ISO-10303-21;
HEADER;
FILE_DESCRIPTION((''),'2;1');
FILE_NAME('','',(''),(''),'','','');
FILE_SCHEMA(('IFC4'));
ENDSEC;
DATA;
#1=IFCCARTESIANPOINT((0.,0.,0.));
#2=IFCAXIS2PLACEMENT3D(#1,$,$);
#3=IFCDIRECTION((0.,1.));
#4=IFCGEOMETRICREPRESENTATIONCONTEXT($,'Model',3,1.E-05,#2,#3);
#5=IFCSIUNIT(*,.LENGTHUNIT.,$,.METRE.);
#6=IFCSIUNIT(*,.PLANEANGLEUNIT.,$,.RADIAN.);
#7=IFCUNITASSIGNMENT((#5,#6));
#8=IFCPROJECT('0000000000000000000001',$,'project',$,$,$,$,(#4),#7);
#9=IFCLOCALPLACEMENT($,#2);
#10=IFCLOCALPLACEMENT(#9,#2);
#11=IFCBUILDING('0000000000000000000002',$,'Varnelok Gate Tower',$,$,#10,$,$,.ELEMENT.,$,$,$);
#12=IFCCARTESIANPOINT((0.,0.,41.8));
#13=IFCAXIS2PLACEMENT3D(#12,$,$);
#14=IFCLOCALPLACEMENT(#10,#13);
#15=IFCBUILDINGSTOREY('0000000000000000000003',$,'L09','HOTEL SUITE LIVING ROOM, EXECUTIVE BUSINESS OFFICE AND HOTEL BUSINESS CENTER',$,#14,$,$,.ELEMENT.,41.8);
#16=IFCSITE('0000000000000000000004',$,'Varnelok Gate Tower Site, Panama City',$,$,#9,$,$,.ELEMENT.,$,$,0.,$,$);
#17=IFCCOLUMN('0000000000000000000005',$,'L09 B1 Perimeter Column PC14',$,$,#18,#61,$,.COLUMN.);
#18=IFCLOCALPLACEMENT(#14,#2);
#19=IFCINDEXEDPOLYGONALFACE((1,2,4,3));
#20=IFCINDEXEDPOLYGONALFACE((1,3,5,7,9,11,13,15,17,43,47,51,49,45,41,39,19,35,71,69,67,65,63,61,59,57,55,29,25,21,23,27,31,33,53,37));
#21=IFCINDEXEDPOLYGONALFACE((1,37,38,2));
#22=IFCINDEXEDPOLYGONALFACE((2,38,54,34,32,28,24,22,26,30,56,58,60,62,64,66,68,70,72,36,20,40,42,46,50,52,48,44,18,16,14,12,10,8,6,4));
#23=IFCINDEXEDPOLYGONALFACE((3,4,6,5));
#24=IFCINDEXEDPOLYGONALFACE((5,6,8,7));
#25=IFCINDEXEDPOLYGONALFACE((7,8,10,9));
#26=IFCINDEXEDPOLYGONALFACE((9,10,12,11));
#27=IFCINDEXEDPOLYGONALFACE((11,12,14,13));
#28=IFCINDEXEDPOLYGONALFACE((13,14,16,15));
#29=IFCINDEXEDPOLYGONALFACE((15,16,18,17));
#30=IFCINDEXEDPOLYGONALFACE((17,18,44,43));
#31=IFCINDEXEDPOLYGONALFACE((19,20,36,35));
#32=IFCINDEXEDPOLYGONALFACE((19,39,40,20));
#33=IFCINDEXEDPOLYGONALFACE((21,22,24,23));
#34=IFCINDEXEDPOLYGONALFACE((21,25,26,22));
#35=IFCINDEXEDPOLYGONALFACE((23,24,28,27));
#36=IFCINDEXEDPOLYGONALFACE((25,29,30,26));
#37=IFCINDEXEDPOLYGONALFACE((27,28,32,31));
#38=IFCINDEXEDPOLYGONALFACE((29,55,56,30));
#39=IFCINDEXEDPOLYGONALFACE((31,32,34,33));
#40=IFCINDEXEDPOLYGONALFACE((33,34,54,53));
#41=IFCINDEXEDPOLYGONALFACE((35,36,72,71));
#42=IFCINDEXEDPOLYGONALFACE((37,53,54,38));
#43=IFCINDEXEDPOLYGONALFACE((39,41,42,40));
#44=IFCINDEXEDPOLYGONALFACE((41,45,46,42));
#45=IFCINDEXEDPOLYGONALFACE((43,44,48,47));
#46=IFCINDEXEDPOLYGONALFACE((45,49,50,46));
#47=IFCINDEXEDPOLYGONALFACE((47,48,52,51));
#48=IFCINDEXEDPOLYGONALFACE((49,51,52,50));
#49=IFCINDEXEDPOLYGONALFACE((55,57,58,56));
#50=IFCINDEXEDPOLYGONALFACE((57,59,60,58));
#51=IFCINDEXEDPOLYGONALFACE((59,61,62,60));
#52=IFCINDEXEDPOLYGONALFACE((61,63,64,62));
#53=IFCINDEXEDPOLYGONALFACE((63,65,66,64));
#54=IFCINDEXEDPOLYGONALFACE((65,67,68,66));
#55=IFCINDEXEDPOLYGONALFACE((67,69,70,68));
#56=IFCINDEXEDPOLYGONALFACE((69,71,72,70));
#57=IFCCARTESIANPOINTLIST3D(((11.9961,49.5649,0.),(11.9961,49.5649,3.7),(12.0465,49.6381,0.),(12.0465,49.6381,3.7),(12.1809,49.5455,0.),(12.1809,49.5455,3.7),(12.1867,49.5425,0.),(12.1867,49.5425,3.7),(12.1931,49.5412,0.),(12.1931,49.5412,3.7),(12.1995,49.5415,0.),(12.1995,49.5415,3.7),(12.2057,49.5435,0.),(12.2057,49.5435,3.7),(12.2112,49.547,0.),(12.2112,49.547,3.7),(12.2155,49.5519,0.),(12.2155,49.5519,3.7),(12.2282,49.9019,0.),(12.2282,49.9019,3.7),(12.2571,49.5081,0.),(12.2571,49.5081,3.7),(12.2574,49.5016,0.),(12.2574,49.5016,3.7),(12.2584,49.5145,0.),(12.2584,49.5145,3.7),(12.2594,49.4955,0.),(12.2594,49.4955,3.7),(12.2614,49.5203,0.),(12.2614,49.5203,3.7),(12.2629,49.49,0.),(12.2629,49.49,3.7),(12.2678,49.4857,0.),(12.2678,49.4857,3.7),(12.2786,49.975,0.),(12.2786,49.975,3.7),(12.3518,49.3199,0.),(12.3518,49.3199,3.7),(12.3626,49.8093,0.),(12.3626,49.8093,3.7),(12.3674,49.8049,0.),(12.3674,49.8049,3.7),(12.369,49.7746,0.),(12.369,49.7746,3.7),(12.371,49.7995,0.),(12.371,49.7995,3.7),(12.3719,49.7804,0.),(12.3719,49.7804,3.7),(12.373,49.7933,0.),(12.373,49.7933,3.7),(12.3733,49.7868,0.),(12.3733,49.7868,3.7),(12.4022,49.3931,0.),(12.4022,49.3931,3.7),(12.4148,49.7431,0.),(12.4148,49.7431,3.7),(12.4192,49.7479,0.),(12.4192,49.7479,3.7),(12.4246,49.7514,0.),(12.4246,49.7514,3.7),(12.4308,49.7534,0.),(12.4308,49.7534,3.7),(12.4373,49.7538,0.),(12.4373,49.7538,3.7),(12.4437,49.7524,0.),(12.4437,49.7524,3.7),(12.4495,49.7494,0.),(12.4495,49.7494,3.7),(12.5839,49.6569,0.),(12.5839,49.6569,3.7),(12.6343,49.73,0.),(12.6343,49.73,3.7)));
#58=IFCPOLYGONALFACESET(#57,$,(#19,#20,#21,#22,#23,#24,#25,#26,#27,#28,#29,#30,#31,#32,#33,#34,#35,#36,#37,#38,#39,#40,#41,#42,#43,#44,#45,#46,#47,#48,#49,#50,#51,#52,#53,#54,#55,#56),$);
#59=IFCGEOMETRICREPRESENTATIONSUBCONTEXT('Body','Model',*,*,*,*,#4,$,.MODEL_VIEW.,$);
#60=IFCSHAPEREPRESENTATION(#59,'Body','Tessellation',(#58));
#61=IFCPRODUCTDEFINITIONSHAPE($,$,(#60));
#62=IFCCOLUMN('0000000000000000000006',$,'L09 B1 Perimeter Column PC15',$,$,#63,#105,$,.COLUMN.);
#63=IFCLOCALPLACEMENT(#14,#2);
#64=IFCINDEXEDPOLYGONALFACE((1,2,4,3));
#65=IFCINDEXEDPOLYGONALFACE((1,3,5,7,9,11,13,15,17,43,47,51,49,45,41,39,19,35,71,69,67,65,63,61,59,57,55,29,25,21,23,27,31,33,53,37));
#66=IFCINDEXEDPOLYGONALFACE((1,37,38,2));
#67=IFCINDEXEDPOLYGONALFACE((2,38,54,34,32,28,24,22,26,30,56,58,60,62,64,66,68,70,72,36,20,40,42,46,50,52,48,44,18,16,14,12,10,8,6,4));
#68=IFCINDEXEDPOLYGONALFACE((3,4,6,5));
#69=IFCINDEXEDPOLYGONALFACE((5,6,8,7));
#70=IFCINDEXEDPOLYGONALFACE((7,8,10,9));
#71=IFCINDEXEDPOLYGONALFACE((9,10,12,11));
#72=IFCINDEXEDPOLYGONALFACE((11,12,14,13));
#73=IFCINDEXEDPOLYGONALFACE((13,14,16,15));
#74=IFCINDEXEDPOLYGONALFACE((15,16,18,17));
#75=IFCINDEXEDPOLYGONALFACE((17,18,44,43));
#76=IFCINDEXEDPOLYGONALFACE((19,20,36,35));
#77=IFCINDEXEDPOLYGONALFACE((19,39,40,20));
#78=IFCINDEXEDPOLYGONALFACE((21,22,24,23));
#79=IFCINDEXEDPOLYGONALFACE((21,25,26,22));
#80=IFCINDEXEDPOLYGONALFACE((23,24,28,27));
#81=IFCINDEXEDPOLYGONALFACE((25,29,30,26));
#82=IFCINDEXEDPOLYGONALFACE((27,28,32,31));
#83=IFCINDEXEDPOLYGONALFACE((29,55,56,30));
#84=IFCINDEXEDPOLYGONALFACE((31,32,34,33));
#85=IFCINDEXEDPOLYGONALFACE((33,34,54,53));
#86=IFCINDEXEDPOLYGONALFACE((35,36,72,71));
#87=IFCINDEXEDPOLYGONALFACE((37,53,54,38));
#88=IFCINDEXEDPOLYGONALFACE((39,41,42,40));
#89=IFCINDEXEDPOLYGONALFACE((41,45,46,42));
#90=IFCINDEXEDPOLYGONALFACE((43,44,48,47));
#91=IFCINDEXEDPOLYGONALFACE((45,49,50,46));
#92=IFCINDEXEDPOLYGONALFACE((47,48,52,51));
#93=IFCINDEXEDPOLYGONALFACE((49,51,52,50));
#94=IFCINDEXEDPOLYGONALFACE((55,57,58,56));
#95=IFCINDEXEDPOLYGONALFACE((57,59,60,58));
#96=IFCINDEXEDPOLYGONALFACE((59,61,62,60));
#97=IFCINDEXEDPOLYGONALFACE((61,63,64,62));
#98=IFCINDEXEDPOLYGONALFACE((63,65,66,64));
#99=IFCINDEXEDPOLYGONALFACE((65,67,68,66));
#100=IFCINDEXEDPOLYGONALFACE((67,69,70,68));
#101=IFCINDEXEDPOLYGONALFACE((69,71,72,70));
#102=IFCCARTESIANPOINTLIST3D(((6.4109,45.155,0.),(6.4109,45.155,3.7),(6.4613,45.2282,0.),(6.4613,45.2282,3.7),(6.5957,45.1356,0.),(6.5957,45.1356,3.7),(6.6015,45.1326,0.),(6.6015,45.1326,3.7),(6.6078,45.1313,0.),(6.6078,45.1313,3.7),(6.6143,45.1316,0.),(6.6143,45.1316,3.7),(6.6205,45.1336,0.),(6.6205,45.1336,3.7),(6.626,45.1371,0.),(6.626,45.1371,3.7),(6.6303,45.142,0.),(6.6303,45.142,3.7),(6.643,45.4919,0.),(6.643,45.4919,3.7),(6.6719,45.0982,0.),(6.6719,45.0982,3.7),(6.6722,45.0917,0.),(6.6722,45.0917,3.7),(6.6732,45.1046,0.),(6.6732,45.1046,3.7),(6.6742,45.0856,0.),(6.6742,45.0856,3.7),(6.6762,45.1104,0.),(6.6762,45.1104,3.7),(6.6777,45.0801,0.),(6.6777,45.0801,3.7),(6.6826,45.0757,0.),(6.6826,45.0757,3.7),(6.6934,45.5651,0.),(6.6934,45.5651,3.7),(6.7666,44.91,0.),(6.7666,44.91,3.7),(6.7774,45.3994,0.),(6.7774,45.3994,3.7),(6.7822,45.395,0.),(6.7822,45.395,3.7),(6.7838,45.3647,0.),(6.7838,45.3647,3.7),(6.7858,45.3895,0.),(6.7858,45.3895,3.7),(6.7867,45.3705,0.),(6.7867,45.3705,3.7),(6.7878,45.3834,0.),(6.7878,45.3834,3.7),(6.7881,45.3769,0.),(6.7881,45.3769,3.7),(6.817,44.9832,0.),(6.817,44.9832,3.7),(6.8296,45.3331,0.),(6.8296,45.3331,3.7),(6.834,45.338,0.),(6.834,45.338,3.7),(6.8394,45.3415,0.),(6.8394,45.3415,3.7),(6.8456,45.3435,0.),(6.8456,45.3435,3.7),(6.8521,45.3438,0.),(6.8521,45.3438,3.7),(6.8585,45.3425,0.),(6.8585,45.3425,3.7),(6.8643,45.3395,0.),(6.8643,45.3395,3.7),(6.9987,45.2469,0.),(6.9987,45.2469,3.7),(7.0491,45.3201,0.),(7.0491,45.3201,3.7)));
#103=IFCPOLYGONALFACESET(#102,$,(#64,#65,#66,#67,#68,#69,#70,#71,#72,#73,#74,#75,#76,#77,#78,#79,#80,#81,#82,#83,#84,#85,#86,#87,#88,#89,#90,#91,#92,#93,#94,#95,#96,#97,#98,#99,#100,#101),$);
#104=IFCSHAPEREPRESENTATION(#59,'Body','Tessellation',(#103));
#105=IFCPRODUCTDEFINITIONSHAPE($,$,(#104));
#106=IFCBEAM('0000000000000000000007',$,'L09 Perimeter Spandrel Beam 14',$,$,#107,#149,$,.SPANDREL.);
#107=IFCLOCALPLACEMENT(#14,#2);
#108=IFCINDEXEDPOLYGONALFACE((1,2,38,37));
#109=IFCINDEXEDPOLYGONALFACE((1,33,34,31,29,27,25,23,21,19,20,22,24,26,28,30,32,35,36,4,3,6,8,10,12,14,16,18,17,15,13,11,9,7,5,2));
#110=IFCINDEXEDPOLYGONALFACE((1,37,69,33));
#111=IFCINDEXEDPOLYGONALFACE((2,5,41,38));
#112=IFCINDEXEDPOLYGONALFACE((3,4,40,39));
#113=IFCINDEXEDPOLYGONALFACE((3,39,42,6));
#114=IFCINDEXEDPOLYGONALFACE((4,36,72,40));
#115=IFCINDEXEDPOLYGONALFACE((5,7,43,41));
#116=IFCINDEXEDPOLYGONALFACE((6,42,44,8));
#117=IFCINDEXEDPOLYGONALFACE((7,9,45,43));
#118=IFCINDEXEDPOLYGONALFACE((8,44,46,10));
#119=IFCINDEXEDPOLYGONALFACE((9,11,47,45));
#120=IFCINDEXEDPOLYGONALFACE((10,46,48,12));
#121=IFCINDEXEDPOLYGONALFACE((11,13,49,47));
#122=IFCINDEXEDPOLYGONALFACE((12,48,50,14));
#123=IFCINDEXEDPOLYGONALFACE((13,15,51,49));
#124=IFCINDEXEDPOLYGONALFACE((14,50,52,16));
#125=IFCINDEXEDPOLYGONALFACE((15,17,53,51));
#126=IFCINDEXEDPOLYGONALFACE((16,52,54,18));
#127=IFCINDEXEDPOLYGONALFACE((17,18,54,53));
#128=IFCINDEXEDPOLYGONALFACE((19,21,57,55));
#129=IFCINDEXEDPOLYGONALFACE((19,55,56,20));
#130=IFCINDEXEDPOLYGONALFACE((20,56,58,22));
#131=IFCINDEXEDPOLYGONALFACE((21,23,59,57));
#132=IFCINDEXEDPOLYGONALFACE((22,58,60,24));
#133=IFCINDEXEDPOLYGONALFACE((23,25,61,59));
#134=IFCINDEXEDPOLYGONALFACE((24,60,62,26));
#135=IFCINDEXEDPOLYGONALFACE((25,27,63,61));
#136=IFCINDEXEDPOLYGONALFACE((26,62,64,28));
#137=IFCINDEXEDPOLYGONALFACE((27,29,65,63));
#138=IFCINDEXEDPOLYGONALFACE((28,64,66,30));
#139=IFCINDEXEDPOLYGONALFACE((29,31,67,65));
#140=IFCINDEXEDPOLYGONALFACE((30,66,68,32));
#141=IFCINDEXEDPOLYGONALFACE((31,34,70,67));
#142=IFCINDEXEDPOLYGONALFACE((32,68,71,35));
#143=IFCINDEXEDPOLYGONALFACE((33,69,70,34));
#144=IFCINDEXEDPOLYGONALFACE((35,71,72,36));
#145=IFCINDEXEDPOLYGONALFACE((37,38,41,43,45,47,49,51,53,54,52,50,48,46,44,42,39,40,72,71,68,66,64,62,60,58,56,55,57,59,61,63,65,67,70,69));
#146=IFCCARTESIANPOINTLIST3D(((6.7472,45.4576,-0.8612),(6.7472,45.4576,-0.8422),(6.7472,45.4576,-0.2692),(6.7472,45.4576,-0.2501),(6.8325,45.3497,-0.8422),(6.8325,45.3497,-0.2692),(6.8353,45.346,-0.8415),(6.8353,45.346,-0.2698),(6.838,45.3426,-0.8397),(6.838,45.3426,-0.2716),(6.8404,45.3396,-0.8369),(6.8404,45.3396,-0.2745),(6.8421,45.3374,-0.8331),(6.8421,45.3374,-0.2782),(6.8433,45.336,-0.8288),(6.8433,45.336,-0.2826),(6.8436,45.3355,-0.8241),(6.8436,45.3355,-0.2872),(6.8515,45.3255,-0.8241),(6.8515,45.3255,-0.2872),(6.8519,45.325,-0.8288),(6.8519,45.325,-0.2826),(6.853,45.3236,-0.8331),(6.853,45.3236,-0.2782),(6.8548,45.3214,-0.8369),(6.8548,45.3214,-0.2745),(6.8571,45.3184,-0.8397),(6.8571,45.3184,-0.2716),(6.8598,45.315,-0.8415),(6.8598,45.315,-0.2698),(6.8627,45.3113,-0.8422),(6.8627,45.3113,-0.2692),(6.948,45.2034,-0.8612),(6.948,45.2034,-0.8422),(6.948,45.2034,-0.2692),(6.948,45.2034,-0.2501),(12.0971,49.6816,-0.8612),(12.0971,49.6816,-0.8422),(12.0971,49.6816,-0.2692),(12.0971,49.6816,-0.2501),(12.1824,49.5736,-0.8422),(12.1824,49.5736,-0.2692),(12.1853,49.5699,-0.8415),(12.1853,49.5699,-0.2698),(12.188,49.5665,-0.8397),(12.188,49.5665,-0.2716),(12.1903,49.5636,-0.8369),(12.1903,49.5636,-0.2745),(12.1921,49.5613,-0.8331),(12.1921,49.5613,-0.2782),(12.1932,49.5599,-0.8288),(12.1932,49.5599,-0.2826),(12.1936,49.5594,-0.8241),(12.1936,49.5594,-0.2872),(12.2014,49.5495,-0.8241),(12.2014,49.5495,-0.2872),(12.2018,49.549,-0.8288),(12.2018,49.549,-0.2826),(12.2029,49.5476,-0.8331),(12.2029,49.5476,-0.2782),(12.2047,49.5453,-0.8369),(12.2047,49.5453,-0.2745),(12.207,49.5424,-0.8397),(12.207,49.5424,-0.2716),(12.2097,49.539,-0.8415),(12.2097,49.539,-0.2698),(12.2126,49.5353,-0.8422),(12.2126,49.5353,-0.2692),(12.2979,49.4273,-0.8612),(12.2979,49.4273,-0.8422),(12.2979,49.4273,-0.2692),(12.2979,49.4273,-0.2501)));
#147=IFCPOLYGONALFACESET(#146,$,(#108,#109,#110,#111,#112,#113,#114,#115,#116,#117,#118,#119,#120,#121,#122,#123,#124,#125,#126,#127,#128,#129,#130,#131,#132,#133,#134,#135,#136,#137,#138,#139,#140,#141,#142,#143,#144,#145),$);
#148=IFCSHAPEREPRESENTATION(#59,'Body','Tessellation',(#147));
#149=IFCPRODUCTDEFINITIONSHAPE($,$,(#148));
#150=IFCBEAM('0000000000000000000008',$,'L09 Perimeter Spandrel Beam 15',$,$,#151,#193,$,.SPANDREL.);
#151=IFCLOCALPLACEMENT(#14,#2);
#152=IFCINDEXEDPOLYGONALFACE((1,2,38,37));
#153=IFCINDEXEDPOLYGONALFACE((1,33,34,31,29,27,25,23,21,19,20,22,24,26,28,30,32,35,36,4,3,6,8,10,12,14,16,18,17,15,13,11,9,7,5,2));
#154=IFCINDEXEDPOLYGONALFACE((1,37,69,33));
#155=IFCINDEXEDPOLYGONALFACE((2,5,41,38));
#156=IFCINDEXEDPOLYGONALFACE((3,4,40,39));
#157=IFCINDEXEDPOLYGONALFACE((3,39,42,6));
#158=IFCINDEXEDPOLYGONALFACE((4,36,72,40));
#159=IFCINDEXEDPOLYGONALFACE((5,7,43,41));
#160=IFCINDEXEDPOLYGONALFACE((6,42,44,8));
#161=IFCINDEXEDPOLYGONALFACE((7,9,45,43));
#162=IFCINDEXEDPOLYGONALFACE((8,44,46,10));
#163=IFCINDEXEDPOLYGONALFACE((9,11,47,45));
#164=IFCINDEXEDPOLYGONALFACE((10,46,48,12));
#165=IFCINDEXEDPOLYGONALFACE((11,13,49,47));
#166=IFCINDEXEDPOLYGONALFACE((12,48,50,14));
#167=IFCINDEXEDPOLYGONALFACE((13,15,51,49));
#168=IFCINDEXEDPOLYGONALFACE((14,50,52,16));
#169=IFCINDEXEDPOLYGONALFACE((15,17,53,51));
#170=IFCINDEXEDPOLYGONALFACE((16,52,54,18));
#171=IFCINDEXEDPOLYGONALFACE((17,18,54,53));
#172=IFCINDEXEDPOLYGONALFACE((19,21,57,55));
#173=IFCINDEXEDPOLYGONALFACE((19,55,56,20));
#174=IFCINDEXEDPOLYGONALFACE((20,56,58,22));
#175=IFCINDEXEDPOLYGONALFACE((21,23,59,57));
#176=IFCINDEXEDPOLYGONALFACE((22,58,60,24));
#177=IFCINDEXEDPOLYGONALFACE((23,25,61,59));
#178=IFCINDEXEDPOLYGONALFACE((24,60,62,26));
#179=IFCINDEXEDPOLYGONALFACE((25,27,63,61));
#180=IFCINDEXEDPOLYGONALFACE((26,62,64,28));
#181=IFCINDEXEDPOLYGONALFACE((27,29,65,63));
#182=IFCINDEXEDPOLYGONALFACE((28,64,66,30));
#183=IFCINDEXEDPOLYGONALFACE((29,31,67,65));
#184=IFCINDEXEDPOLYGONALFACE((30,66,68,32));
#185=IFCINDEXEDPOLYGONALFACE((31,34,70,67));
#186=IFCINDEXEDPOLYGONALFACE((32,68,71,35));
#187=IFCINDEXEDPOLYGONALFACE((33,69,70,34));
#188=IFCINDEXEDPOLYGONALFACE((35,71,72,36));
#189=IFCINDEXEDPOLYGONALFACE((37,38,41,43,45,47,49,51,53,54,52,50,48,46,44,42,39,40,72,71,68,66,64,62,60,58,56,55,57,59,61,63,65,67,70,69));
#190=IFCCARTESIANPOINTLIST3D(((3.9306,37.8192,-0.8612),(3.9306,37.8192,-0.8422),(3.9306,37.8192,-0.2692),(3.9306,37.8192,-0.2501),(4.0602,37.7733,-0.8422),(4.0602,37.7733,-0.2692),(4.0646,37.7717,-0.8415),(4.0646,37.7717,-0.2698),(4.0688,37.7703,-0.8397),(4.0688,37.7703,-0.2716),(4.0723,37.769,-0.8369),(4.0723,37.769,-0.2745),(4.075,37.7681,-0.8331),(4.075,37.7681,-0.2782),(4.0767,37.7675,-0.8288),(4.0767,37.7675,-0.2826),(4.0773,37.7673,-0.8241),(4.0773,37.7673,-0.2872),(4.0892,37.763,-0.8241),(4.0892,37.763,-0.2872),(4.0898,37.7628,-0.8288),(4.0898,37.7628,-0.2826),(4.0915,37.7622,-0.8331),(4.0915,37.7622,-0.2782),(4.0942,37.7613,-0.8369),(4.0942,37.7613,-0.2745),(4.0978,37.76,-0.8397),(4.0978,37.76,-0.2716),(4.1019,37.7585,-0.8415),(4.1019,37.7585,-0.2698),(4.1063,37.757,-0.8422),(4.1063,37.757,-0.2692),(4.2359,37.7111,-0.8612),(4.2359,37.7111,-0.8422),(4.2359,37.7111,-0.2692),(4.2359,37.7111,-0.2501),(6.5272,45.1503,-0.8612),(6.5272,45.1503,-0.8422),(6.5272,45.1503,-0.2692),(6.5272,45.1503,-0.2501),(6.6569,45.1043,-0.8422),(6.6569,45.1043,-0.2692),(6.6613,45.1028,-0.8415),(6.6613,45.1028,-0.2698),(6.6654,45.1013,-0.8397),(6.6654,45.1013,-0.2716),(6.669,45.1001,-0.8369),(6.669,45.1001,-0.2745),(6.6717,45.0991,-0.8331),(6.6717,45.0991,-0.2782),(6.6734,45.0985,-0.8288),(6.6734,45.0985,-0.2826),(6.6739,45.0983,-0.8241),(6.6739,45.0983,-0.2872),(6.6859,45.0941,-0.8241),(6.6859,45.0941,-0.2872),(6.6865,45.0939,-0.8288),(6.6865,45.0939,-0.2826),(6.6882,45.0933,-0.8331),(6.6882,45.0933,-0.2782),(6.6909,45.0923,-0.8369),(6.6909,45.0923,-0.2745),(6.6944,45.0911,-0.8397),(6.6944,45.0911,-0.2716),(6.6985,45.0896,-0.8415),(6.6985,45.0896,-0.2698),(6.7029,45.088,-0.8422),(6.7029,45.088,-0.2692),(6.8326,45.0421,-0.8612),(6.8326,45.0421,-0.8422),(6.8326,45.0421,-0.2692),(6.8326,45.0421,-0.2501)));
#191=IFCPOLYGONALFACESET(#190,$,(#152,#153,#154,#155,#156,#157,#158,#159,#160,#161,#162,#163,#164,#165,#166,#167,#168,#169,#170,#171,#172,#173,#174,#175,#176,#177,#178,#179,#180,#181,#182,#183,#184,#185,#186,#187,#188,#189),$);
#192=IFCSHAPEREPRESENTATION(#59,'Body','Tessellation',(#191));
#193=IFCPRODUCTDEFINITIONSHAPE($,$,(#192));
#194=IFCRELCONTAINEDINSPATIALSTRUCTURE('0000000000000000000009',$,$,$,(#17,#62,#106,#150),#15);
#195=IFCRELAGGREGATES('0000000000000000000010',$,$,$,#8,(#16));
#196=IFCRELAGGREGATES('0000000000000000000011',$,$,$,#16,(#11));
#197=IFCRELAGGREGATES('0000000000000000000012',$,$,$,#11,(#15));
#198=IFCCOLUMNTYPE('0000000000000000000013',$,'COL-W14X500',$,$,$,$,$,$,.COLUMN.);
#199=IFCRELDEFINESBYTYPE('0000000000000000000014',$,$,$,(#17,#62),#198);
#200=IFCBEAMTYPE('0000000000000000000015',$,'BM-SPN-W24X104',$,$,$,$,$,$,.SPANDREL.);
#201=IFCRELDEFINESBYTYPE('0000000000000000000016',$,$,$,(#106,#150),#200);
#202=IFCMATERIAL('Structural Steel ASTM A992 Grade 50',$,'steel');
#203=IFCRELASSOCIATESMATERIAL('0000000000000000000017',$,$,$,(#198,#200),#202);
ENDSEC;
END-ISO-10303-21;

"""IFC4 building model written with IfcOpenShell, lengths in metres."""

from ifc_helpers import new_model, si_unit, direction, frame, origin, origin_2d, place, context, subcontext, project, spatial, i_section, extrude, material, material_profile, profile_set, type_object, element, save


model = new_model("IFC4")

# Units and contexts
model_context = context("Model", 3, precision=1e-05, world=origin(), true_north=direction((0.0, 1.0)))
body_context = subcontext(model_context, "Body", "Model", "MODEL_VIEW")
ifc_project = project(units=[si_unit("LENGTHUNIT", "METRE"), si_unit("PLANEANGLEUNIT", "RADIAN")], contexts=[model_context])

# Site, building, storey
site_placement = place(None, origin())
site = spatial("IfcSite", under=ifc_project, at=site_placement, Name="Varnelok Gate Tower Site, Panama City", CompositionType="ELEMENT", RefElevation=0.0)
building_placement = place(site_placement, origin())
building = spatial("IfcBuilding", under=site, at=building_placement, Name="Varnelok Gate Tower", CompositionType="ELEMENT")
storey_placement = place(building_placement, frame((0.0, 0.0, 41.8)))
storey = spatial("IfcBuildingStorey", under=building, at=storey_placement, Name="L09", Description="HOTEL SUITE LIVING ROOM, EXECUTIVE BUSINESS OFFICE AND HOTEL BUSINESS CENTER", CompositionType="ELEMENT", Elevation=41.8)

# Columns
ifc_material_1 = material(Name="Structural Steel ASTM A992 Grade 50", Category="steel")
ifc_material_profile_1 = material_profile(ifc_material_1, i_section(OverallWidth=0.4319, OverallDepth=0.498, WebThickness=0.0557, FlangeThickness=0.0889, FilletRadius=0.0249, at=origin_2d()), Name="W14X500")
ifc_profile_set_1 = profile_set([ifc_material_profile_1], Name="Structural Steel ASTM A992 Grade 50")
column_type = type_object("IfcColumnType", Name="COL-W14X500", PredefinedType="COLUMN", material=ifc_profile_set_1)
for number, where, z_axis, x_axis, name in (
    (1, (12.3152, 49.6475, 0.0), (0.0, 0.0, 1.0), (0.823533, -0.567269, 0.0), "L09 B1 Perimeter Column PC14"),
    (2, (6.73, 45.2375, 0.0), (0.0, 0.0, 1.0), (0.823533, -0.567269, 0.0), "L09 B1 Perimeter Column PC15"),
):
    element("IfcColumn", number, at=place(storey_placement, frame(where, z_axis=z_axis, x_axis=x_axis)), inside=storey, type_object=column_type, Name=name, PredefinedType="COLUMN", context=body_context, shape_type="SweptSolid", body=[
        extrude(i_section(OverallWidth=0.4319, OverallDepth=0.498, WebThickness=0.0557, FlangeThickness=0.0889, FilletRadius=0.0249, at=origin_2d()), origin(), (0.0, 0.0, 1.0), 3.7),
    ])

# Beams
ifc_material_profile_2 = material_profile(ifc_material_1, i_section(OverallWidth=0.324, OverallDepth=0.6111, WebThickness=0.0127, FlangeThickness=0.019, FilletRadius=0.0181, at=origin_2d()), Name="W24X104")
ifc_profile_set_2 = profile_set([ifc_material_profile_2], Name="Structural Steel ASTM A992 Grade 50")
beam_type = type_object("IfcBeamType", Name="BM-SPN-W24X104", PredefinedType="SPANDREL", material=ifc_profile_set_2)
beam_1_placement = place(storey_placement, frame((12.1975, 49.5544, -0.5557), z_axis=(-0.784861, -0.619672, 0.0), x_axis=(0.619672, -0.784861, 0.0)))
element("IfcBeam", 3, at=beam_1_placement, inside=storey, type_object=beam_type, Name="L09 Perimeter Spandrel Beam 14", PredefinedType="SPANDREL", context=body_context, shape_type="SweptSolid", body=[
    extrude(i_section(OverallWidth=0.324, OverallDepth=0.6111, WebThickness=0.0127, FlangeThickness=0.019, FilletRadius=0.0181, at=origin_2d()), origin(), (0.0, 0.0, 1.0), 6.8164),
])
beam_2_placement = place(storey_placement, frame((6.6799, 45.0962, -0.5557), z_axis=(-0.333877, -0.942617, 0.0), x_axis=(0.942617, -0.333877, 0.0)))
element("IfcBeam", 4, at=beam_2_placement, inside=storey, type_object=beam_type, Name="L09 Perimeter Spandrel Beam 15", PredefinedType="SPANDREL", context=body_context, shape_type="SweptSolid", body=[
    extrude(i_section(OverallWidth=0.324, OverallDepth=0.6111, WebThickness=0.0127, FlangeThickness=0.019, FilletRadius=0.0181, at=origin_2d()), origin(), (0.0, 0.0, 1.0), 7.7773),
])

save(model, "model.ifc")
